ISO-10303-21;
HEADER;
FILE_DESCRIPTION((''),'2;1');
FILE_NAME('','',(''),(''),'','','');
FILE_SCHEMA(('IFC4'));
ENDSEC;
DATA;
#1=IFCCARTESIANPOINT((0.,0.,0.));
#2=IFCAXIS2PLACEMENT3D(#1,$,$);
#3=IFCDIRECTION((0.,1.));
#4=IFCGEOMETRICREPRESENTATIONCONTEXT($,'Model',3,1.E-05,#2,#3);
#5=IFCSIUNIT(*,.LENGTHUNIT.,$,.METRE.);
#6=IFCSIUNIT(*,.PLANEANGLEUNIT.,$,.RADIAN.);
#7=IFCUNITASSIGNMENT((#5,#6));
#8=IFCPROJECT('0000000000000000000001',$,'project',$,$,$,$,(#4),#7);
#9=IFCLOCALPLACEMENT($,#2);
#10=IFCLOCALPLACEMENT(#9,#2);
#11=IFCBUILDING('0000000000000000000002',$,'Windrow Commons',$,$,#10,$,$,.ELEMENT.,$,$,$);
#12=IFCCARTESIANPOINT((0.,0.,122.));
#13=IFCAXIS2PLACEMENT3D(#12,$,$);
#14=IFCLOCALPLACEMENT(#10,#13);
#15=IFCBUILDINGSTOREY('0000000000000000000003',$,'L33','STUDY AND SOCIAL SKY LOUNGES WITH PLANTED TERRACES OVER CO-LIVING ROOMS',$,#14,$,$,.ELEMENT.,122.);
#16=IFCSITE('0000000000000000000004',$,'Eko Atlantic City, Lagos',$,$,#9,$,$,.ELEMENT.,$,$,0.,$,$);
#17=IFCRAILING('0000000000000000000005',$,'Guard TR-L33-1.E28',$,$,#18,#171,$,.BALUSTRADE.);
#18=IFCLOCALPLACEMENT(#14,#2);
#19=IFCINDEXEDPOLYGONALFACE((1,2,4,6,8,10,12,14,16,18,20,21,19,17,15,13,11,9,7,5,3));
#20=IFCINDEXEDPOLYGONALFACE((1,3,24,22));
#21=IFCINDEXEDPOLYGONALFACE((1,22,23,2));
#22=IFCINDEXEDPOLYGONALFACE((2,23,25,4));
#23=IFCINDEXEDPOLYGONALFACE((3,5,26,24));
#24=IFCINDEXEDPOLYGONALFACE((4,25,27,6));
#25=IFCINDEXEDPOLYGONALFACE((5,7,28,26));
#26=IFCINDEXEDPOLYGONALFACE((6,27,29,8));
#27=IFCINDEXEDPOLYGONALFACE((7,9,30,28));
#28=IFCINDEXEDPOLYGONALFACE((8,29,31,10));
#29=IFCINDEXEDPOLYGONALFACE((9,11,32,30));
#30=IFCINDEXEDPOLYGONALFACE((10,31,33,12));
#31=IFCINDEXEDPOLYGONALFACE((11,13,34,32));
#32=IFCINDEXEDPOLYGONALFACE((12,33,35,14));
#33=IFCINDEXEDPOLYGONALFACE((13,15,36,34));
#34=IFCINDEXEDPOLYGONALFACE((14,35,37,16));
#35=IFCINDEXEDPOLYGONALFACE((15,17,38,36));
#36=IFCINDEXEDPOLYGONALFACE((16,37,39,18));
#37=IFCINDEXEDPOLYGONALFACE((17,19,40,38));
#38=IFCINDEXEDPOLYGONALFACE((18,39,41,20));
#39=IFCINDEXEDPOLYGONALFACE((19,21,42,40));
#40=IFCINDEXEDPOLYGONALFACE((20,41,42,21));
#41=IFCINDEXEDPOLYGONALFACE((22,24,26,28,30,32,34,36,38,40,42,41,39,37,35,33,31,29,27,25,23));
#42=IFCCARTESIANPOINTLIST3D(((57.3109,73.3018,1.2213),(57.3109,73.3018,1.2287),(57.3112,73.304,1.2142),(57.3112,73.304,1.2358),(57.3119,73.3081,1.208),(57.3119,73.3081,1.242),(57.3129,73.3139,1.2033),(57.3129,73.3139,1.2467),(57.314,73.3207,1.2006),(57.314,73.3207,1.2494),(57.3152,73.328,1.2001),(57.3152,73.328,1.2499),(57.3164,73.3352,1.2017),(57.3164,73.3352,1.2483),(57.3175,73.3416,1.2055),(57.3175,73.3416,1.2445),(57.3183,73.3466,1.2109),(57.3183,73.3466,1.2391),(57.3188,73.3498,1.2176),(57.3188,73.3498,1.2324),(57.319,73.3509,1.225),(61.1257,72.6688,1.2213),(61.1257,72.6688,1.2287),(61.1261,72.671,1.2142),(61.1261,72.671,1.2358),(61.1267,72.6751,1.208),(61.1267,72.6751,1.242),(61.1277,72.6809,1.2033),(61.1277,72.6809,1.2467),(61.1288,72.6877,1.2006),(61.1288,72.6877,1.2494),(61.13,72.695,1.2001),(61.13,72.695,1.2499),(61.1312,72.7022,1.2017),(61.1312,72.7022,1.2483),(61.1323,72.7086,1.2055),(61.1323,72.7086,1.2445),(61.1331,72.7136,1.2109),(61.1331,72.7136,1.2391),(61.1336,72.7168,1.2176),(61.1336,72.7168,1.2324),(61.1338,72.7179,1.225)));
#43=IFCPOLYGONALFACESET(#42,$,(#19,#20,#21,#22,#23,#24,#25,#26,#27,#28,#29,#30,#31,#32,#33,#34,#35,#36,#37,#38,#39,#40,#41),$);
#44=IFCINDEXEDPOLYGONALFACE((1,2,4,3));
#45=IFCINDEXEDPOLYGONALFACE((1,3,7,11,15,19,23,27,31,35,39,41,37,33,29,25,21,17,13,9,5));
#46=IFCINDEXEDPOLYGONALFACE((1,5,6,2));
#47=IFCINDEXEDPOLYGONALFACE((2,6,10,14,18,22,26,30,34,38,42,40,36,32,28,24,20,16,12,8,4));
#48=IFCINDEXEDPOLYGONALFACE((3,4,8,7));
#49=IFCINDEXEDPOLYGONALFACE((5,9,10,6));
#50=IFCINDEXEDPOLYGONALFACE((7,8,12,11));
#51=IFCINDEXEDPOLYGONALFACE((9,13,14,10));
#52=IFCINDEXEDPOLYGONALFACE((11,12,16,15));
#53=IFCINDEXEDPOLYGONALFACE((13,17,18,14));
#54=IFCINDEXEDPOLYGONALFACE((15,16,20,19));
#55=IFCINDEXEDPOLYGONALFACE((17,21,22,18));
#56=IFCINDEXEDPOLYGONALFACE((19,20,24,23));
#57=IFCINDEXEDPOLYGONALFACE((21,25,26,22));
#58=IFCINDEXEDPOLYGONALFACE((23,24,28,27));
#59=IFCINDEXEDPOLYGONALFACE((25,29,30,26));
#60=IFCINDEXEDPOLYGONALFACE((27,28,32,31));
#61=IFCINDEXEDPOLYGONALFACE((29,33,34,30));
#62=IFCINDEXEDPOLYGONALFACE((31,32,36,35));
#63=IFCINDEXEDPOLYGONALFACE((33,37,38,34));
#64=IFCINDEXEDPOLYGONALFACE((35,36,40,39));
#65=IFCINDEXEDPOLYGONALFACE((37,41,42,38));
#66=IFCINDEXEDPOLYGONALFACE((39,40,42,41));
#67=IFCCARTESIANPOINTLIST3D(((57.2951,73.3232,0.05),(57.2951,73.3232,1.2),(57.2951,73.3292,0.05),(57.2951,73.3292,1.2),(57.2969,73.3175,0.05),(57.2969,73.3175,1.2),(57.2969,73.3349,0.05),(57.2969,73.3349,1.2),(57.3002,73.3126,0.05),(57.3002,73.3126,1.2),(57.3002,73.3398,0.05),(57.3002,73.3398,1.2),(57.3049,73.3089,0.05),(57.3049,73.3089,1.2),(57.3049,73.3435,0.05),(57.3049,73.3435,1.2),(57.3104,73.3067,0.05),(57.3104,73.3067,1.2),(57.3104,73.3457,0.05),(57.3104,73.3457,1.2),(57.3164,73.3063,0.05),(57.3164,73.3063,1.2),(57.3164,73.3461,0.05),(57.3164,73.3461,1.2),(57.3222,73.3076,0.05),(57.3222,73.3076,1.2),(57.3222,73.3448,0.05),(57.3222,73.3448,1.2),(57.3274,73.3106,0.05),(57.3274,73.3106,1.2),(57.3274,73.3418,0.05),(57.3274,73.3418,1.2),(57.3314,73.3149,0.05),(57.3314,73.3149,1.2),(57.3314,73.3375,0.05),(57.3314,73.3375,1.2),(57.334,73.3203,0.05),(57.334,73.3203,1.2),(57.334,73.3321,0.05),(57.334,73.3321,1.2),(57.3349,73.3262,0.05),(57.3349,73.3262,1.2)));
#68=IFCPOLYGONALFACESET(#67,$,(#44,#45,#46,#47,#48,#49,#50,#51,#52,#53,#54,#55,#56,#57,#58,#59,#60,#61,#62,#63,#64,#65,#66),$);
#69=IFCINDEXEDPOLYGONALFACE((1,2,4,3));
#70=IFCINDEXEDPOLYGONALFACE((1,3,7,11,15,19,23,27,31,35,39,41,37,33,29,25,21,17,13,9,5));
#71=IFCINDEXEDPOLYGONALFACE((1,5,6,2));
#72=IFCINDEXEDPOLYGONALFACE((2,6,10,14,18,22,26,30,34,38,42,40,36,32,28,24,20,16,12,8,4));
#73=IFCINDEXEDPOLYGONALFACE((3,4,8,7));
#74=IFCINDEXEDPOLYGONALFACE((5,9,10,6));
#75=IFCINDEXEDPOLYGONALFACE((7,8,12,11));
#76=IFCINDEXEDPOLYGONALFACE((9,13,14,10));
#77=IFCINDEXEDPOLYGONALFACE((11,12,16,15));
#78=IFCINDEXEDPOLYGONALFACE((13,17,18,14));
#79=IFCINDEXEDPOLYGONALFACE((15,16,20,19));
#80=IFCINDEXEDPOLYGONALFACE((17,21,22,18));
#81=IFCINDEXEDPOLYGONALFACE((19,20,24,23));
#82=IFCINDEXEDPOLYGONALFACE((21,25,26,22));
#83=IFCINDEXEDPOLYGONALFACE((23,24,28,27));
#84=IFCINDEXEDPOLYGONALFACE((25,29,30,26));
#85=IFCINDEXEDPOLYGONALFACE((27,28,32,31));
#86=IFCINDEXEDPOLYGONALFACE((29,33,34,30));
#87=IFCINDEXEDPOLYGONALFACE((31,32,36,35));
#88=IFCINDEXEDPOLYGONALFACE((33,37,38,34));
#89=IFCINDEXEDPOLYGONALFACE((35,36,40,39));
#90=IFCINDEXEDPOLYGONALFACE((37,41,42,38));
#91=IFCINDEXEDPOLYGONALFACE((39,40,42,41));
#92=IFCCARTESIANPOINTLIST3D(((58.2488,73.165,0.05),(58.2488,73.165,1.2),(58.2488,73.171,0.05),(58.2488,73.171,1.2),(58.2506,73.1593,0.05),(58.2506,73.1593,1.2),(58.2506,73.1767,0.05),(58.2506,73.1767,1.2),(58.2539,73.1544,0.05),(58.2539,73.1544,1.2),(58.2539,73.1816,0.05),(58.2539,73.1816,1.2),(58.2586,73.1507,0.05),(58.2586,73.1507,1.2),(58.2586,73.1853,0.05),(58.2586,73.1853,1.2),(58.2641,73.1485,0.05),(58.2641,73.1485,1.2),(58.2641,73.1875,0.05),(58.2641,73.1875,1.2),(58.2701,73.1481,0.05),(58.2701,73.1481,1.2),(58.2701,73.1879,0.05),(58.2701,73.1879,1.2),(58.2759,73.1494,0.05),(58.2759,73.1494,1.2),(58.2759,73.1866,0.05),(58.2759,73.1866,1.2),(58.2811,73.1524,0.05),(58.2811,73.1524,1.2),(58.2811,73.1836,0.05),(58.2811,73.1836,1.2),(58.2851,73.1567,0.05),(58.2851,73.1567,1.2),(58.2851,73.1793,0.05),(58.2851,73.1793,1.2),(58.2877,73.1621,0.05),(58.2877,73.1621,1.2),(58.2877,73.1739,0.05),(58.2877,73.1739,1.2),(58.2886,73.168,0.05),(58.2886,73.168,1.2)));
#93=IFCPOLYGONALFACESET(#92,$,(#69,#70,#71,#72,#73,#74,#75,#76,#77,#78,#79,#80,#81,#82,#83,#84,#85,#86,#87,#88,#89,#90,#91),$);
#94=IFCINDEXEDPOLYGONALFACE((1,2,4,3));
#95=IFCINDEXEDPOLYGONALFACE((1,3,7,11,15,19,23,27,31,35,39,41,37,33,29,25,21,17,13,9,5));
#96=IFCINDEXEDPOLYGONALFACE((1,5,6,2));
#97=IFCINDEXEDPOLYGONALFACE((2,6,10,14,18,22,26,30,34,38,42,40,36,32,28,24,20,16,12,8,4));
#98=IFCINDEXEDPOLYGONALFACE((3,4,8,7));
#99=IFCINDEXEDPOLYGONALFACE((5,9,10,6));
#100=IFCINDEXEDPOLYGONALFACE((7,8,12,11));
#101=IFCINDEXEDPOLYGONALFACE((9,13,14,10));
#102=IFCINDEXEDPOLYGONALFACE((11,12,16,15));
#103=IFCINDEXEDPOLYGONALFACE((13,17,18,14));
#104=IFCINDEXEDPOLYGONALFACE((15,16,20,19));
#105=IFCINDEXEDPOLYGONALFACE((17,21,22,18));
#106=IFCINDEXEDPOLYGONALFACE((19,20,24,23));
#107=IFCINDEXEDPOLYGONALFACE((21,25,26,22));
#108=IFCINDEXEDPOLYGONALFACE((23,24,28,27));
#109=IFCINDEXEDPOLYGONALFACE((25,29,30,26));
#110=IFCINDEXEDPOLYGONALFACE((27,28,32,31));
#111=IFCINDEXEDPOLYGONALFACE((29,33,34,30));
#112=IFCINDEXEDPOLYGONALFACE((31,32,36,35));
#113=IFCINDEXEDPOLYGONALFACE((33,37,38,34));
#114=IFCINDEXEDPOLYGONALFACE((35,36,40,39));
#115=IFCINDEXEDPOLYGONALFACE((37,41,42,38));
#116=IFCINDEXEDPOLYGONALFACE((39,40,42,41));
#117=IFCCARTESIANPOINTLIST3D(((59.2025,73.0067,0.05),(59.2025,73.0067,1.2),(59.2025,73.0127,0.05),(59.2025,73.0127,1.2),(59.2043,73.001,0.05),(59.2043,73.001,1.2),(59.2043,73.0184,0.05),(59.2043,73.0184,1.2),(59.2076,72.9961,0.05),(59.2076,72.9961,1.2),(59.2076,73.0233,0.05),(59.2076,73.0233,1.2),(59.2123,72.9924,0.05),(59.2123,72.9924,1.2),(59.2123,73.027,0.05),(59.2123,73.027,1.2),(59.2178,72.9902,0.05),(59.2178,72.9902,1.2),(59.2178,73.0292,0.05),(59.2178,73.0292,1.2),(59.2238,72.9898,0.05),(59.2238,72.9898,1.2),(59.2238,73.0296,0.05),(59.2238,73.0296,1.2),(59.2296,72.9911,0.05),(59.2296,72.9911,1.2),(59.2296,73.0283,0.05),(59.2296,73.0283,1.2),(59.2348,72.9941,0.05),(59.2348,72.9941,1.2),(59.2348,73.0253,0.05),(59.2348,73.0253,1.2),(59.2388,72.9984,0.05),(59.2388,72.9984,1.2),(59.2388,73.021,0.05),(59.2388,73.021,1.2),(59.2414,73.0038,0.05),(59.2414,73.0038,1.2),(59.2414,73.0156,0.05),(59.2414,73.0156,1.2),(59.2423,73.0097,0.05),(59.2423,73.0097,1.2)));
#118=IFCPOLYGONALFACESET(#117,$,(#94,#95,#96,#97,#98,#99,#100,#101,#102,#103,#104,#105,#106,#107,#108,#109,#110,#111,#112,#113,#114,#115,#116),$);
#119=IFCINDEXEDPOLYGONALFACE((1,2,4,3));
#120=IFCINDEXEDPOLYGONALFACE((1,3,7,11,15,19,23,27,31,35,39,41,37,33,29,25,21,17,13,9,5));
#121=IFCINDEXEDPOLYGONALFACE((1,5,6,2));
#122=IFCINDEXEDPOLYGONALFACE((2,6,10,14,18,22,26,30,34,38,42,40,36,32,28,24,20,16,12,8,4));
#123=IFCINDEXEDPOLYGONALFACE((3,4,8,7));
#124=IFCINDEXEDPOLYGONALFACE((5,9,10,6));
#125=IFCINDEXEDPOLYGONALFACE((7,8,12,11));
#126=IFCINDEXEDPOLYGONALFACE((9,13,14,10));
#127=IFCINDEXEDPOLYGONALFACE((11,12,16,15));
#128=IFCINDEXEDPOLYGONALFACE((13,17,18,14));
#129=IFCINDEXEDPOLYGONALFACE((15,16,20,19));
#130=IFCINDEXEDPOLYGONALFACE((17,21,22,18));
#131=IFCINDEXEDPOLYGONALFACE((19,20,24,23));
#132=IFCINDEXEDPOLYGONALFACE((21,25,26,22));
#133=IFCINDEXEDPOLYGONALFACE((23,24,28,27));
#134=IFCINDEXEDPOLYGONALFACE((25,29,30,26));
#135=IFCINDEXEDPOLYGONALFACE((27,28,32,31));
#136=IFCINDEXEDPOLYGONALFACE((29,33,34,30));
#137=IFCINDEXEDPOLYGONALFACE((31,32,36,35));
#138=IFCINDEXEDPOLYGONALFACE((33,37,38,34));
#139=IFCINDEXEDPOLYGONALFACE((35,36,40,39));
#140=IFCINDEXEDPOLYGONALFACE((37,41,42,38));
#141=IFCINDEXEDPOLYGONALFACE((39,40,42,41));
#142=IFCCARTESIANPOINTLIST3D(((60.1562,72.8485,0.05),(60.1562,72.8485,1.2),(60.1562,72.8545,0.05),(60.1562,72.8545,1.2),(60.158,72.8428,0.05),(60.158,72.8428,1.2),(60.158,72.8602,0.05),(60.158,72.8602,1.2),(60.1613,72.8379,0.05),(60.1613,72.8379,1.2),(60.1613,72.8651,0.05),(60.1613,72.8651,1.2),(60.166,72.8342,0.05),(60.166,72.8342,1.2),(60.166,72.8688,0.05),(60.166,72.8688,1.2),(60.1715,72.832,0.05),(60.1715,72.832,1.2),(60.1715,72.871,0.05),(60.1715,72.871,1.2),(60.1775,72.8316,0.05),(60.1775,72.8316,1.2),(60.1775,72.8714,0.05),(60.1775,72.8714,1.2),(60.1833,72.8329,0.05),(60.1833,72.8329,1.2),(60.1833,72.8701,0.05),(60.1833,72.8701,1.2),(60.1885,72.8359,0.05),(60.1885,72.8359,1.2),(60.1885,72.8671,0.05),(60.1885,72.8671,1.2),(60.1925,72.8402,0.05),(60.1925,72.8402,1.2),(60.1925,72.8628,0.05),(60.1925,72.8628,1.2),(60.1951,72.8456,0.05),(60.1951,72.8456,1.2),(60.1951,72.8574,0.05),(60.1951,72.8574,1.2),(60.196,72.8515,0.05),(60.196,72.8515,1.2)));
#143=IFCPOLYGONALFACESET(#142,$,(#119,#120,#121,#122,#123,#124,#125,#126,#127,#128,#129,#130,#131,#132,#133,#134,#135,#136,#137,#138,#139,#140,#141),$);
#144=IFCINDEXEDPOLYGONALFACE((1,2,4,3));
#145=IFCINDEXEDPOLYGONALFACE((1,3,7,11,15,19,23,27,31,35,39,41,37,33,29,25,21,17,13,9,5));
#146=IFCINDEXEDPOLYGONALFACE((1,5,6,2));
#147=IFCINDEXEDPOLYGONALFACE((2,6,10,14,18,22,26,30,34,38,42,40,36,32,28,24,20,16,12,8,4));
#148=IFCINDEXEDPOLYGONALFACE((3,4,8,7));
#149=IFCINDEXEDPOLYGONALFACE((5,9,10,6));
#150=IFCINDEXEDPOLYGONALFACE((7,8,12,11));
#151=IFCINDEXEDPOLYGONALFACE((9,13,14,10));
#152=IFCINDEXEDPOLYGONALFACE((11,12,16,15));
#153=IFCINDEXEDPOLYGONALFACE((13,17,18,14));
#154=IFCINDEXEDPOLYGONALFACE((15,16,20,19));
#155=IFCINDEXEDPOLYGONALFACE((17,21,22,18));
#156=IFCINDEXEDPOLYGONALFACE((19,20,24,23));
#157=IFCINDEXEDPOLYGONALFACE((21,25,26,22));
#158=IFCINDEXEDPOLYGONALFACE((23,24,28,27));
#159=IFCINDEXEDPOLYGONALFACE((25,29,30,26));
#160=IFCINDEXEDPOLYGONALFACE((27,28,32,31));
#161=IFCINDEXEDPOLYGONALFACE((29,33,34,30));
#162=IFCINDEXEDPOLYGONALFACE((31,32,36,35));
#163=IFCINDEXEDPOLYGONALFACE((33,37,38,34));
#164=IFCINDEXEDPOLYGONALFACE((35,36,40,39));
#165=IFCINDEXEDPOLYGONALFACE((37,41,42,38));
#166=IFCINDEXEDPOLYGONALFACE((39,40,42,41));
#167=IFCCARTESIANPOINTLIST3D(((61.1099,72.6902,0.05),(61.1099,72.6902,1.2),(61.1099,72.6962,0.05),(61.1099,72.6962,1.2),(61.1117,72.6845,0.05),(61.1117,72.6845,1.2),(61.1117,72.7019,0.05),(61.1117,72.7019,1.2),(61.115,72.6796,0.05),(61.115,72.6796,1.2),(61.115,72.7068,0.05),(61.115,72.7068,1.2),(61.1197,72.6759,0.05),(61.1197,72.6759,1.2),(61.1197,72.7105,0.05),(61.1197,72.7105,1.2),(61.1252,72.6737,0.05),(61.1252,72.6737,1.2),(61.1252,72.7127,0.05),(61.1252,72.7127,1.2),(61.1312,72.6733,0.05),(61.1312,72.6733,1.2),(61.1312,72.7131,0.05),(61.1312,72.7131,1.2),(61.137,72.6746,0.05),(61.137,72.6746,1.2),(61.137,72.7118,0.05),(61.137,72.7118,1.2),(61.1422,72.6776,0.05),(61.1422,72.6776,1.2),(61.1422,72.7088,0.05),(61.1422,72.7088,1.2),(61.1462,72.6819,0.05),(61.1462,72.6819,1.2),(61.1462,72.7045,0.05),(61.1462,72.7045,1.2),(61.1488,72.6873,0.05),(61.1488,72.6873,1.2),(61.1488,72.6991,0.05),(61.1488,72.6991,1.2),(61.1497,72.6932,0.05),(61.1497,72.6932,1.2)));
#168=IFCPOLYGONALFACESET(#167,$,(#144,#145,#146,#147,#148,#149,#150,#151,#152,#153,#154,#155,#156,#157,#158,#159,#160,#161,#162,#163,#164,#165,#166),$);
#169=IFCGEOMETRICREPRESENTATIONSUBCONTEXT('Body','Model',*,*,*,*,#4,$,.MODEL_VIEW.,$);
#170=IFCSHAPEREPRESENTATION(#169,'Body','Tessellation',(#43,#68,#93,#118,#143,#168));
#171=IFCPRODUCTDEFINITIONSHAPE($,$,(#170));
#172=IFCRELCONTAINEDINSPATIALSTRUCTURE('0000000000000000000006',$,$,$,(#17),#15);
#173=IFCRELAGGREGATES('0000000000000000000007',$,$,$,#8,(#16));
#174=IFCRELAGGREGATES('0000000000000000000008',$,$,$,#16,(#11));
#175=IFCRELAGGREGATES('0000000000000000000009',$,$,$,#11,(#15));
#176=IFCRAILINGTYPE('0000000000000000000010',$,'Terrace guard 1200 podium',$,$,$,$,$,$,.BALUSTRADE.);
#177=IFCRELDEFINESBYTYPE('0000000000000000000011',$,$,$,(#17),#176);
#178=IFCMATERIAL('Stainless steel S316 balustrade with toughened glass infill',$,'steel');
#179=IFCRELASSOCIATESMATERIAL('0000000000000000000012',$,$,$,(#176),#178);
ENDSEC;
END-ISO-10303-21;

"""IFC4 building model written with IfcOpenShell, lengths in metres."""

from ifc_helpers import new_model, si_unit, direction, frame, origin, origin_2d, place, context, subcontext, project, spatial, circle, extrude, material, type_object, element, save


model = new_model("IFC4")

# Units and contexts
model_context = context("Model", 3, precision=1e-05, world=origin(), true_north=direction((0.0, 1.0)))
body_context = subcontext(model_context, "Body", "Model", "MODEL_VIEW")
ifc_project = project(units=[si_unit("LENGTHUNIT", "METRE"), si_unit("PLANEANGLEUNIT", "RADIAN")], contexts=[model_context])

# Site, building, storey
site_placement = place(None, origin())
site = spatial("IfcSite", under=ifc_project, at=site_placement, Name="Eko Atlantic City, Lagos", CompositionType="ELEMENT", RefElevation=0.0)
building_placement = place(site_placement, origin())
building = spatial("IfcBuilding", under=site, at=building_placement, Name="Windrow Commons", CompositionType="ELEMENT")
storey_placement = place(building_placement, frame((0.0, 0.0, 122.0)))
storey = spatial("IfcBuildingStorey", under=building, at=storey_placement, Name="L33", Description="STUDY AND SOCIAL SKY LOUNGES WITH PLANTED TERRACES OVER CO-LIVING ROOMS", CompositionType="ELEMENT", Elevation=122.0)

# Railing
ifc_material_1 = material(Name="Stainless steel S316 balustrade with toughened glass infill", Category="steel")
railing_type_1 = type_object("IfcRailingType", Name="Terrace guard 1200 podium", PredefinedType="BALUSTRADE", material=ifc_material_1)
railing_1_placement = place(storey_placement, frame((57.3149, 73.3262, 0.05)))
element("IfcRailing", 1, at=railing_1_placement, inside=storey, type_object=railing_type_1, Name="Guard TR-L33-1.E28", PredefinedType="BALUSTRADE", context=body_context, shape_type="SweptSolid", body=[
    extrude(circle(Radius=0.025, at=origin_2d()), frame((0.0, 0.0, 1.175), z_axis=(0.986511, -0.163694, 0.0), x_axis=(0.163694, 0.986511, 0.0)), (0.0, 0.0, 1.0), 3.867),
    extrude(circle(Radius=0.02, at=origin_2d()), origin(), (0.0, 0.0, 1.0), 1.15),
    extrude(circle(Radius=0.02, at=origin_2d()), frame((0.9537, -0.1582, 0.0)), (0.0, 0.0, 1.0), 1.15),
    extrude(circle(Radius=0.02, at=origin_2d()), frame((1.9074, -0.3165, 0.0)), (0.0, 0.0, 1.0), 1.15),
    extrude(circle(Radius=0.02, at=origin_2d()), frame((2.8611, -0.4747, 0.0)), (0.0, 0.0, 1.0), 1.15),
    extrude(circle(Radius=0.02, at=origin_2d()), frame((3.8148, -0.633, 0.0)), (0.0, 0.0, 1.0), 1.15),
])

save(model, "model.ifc")
